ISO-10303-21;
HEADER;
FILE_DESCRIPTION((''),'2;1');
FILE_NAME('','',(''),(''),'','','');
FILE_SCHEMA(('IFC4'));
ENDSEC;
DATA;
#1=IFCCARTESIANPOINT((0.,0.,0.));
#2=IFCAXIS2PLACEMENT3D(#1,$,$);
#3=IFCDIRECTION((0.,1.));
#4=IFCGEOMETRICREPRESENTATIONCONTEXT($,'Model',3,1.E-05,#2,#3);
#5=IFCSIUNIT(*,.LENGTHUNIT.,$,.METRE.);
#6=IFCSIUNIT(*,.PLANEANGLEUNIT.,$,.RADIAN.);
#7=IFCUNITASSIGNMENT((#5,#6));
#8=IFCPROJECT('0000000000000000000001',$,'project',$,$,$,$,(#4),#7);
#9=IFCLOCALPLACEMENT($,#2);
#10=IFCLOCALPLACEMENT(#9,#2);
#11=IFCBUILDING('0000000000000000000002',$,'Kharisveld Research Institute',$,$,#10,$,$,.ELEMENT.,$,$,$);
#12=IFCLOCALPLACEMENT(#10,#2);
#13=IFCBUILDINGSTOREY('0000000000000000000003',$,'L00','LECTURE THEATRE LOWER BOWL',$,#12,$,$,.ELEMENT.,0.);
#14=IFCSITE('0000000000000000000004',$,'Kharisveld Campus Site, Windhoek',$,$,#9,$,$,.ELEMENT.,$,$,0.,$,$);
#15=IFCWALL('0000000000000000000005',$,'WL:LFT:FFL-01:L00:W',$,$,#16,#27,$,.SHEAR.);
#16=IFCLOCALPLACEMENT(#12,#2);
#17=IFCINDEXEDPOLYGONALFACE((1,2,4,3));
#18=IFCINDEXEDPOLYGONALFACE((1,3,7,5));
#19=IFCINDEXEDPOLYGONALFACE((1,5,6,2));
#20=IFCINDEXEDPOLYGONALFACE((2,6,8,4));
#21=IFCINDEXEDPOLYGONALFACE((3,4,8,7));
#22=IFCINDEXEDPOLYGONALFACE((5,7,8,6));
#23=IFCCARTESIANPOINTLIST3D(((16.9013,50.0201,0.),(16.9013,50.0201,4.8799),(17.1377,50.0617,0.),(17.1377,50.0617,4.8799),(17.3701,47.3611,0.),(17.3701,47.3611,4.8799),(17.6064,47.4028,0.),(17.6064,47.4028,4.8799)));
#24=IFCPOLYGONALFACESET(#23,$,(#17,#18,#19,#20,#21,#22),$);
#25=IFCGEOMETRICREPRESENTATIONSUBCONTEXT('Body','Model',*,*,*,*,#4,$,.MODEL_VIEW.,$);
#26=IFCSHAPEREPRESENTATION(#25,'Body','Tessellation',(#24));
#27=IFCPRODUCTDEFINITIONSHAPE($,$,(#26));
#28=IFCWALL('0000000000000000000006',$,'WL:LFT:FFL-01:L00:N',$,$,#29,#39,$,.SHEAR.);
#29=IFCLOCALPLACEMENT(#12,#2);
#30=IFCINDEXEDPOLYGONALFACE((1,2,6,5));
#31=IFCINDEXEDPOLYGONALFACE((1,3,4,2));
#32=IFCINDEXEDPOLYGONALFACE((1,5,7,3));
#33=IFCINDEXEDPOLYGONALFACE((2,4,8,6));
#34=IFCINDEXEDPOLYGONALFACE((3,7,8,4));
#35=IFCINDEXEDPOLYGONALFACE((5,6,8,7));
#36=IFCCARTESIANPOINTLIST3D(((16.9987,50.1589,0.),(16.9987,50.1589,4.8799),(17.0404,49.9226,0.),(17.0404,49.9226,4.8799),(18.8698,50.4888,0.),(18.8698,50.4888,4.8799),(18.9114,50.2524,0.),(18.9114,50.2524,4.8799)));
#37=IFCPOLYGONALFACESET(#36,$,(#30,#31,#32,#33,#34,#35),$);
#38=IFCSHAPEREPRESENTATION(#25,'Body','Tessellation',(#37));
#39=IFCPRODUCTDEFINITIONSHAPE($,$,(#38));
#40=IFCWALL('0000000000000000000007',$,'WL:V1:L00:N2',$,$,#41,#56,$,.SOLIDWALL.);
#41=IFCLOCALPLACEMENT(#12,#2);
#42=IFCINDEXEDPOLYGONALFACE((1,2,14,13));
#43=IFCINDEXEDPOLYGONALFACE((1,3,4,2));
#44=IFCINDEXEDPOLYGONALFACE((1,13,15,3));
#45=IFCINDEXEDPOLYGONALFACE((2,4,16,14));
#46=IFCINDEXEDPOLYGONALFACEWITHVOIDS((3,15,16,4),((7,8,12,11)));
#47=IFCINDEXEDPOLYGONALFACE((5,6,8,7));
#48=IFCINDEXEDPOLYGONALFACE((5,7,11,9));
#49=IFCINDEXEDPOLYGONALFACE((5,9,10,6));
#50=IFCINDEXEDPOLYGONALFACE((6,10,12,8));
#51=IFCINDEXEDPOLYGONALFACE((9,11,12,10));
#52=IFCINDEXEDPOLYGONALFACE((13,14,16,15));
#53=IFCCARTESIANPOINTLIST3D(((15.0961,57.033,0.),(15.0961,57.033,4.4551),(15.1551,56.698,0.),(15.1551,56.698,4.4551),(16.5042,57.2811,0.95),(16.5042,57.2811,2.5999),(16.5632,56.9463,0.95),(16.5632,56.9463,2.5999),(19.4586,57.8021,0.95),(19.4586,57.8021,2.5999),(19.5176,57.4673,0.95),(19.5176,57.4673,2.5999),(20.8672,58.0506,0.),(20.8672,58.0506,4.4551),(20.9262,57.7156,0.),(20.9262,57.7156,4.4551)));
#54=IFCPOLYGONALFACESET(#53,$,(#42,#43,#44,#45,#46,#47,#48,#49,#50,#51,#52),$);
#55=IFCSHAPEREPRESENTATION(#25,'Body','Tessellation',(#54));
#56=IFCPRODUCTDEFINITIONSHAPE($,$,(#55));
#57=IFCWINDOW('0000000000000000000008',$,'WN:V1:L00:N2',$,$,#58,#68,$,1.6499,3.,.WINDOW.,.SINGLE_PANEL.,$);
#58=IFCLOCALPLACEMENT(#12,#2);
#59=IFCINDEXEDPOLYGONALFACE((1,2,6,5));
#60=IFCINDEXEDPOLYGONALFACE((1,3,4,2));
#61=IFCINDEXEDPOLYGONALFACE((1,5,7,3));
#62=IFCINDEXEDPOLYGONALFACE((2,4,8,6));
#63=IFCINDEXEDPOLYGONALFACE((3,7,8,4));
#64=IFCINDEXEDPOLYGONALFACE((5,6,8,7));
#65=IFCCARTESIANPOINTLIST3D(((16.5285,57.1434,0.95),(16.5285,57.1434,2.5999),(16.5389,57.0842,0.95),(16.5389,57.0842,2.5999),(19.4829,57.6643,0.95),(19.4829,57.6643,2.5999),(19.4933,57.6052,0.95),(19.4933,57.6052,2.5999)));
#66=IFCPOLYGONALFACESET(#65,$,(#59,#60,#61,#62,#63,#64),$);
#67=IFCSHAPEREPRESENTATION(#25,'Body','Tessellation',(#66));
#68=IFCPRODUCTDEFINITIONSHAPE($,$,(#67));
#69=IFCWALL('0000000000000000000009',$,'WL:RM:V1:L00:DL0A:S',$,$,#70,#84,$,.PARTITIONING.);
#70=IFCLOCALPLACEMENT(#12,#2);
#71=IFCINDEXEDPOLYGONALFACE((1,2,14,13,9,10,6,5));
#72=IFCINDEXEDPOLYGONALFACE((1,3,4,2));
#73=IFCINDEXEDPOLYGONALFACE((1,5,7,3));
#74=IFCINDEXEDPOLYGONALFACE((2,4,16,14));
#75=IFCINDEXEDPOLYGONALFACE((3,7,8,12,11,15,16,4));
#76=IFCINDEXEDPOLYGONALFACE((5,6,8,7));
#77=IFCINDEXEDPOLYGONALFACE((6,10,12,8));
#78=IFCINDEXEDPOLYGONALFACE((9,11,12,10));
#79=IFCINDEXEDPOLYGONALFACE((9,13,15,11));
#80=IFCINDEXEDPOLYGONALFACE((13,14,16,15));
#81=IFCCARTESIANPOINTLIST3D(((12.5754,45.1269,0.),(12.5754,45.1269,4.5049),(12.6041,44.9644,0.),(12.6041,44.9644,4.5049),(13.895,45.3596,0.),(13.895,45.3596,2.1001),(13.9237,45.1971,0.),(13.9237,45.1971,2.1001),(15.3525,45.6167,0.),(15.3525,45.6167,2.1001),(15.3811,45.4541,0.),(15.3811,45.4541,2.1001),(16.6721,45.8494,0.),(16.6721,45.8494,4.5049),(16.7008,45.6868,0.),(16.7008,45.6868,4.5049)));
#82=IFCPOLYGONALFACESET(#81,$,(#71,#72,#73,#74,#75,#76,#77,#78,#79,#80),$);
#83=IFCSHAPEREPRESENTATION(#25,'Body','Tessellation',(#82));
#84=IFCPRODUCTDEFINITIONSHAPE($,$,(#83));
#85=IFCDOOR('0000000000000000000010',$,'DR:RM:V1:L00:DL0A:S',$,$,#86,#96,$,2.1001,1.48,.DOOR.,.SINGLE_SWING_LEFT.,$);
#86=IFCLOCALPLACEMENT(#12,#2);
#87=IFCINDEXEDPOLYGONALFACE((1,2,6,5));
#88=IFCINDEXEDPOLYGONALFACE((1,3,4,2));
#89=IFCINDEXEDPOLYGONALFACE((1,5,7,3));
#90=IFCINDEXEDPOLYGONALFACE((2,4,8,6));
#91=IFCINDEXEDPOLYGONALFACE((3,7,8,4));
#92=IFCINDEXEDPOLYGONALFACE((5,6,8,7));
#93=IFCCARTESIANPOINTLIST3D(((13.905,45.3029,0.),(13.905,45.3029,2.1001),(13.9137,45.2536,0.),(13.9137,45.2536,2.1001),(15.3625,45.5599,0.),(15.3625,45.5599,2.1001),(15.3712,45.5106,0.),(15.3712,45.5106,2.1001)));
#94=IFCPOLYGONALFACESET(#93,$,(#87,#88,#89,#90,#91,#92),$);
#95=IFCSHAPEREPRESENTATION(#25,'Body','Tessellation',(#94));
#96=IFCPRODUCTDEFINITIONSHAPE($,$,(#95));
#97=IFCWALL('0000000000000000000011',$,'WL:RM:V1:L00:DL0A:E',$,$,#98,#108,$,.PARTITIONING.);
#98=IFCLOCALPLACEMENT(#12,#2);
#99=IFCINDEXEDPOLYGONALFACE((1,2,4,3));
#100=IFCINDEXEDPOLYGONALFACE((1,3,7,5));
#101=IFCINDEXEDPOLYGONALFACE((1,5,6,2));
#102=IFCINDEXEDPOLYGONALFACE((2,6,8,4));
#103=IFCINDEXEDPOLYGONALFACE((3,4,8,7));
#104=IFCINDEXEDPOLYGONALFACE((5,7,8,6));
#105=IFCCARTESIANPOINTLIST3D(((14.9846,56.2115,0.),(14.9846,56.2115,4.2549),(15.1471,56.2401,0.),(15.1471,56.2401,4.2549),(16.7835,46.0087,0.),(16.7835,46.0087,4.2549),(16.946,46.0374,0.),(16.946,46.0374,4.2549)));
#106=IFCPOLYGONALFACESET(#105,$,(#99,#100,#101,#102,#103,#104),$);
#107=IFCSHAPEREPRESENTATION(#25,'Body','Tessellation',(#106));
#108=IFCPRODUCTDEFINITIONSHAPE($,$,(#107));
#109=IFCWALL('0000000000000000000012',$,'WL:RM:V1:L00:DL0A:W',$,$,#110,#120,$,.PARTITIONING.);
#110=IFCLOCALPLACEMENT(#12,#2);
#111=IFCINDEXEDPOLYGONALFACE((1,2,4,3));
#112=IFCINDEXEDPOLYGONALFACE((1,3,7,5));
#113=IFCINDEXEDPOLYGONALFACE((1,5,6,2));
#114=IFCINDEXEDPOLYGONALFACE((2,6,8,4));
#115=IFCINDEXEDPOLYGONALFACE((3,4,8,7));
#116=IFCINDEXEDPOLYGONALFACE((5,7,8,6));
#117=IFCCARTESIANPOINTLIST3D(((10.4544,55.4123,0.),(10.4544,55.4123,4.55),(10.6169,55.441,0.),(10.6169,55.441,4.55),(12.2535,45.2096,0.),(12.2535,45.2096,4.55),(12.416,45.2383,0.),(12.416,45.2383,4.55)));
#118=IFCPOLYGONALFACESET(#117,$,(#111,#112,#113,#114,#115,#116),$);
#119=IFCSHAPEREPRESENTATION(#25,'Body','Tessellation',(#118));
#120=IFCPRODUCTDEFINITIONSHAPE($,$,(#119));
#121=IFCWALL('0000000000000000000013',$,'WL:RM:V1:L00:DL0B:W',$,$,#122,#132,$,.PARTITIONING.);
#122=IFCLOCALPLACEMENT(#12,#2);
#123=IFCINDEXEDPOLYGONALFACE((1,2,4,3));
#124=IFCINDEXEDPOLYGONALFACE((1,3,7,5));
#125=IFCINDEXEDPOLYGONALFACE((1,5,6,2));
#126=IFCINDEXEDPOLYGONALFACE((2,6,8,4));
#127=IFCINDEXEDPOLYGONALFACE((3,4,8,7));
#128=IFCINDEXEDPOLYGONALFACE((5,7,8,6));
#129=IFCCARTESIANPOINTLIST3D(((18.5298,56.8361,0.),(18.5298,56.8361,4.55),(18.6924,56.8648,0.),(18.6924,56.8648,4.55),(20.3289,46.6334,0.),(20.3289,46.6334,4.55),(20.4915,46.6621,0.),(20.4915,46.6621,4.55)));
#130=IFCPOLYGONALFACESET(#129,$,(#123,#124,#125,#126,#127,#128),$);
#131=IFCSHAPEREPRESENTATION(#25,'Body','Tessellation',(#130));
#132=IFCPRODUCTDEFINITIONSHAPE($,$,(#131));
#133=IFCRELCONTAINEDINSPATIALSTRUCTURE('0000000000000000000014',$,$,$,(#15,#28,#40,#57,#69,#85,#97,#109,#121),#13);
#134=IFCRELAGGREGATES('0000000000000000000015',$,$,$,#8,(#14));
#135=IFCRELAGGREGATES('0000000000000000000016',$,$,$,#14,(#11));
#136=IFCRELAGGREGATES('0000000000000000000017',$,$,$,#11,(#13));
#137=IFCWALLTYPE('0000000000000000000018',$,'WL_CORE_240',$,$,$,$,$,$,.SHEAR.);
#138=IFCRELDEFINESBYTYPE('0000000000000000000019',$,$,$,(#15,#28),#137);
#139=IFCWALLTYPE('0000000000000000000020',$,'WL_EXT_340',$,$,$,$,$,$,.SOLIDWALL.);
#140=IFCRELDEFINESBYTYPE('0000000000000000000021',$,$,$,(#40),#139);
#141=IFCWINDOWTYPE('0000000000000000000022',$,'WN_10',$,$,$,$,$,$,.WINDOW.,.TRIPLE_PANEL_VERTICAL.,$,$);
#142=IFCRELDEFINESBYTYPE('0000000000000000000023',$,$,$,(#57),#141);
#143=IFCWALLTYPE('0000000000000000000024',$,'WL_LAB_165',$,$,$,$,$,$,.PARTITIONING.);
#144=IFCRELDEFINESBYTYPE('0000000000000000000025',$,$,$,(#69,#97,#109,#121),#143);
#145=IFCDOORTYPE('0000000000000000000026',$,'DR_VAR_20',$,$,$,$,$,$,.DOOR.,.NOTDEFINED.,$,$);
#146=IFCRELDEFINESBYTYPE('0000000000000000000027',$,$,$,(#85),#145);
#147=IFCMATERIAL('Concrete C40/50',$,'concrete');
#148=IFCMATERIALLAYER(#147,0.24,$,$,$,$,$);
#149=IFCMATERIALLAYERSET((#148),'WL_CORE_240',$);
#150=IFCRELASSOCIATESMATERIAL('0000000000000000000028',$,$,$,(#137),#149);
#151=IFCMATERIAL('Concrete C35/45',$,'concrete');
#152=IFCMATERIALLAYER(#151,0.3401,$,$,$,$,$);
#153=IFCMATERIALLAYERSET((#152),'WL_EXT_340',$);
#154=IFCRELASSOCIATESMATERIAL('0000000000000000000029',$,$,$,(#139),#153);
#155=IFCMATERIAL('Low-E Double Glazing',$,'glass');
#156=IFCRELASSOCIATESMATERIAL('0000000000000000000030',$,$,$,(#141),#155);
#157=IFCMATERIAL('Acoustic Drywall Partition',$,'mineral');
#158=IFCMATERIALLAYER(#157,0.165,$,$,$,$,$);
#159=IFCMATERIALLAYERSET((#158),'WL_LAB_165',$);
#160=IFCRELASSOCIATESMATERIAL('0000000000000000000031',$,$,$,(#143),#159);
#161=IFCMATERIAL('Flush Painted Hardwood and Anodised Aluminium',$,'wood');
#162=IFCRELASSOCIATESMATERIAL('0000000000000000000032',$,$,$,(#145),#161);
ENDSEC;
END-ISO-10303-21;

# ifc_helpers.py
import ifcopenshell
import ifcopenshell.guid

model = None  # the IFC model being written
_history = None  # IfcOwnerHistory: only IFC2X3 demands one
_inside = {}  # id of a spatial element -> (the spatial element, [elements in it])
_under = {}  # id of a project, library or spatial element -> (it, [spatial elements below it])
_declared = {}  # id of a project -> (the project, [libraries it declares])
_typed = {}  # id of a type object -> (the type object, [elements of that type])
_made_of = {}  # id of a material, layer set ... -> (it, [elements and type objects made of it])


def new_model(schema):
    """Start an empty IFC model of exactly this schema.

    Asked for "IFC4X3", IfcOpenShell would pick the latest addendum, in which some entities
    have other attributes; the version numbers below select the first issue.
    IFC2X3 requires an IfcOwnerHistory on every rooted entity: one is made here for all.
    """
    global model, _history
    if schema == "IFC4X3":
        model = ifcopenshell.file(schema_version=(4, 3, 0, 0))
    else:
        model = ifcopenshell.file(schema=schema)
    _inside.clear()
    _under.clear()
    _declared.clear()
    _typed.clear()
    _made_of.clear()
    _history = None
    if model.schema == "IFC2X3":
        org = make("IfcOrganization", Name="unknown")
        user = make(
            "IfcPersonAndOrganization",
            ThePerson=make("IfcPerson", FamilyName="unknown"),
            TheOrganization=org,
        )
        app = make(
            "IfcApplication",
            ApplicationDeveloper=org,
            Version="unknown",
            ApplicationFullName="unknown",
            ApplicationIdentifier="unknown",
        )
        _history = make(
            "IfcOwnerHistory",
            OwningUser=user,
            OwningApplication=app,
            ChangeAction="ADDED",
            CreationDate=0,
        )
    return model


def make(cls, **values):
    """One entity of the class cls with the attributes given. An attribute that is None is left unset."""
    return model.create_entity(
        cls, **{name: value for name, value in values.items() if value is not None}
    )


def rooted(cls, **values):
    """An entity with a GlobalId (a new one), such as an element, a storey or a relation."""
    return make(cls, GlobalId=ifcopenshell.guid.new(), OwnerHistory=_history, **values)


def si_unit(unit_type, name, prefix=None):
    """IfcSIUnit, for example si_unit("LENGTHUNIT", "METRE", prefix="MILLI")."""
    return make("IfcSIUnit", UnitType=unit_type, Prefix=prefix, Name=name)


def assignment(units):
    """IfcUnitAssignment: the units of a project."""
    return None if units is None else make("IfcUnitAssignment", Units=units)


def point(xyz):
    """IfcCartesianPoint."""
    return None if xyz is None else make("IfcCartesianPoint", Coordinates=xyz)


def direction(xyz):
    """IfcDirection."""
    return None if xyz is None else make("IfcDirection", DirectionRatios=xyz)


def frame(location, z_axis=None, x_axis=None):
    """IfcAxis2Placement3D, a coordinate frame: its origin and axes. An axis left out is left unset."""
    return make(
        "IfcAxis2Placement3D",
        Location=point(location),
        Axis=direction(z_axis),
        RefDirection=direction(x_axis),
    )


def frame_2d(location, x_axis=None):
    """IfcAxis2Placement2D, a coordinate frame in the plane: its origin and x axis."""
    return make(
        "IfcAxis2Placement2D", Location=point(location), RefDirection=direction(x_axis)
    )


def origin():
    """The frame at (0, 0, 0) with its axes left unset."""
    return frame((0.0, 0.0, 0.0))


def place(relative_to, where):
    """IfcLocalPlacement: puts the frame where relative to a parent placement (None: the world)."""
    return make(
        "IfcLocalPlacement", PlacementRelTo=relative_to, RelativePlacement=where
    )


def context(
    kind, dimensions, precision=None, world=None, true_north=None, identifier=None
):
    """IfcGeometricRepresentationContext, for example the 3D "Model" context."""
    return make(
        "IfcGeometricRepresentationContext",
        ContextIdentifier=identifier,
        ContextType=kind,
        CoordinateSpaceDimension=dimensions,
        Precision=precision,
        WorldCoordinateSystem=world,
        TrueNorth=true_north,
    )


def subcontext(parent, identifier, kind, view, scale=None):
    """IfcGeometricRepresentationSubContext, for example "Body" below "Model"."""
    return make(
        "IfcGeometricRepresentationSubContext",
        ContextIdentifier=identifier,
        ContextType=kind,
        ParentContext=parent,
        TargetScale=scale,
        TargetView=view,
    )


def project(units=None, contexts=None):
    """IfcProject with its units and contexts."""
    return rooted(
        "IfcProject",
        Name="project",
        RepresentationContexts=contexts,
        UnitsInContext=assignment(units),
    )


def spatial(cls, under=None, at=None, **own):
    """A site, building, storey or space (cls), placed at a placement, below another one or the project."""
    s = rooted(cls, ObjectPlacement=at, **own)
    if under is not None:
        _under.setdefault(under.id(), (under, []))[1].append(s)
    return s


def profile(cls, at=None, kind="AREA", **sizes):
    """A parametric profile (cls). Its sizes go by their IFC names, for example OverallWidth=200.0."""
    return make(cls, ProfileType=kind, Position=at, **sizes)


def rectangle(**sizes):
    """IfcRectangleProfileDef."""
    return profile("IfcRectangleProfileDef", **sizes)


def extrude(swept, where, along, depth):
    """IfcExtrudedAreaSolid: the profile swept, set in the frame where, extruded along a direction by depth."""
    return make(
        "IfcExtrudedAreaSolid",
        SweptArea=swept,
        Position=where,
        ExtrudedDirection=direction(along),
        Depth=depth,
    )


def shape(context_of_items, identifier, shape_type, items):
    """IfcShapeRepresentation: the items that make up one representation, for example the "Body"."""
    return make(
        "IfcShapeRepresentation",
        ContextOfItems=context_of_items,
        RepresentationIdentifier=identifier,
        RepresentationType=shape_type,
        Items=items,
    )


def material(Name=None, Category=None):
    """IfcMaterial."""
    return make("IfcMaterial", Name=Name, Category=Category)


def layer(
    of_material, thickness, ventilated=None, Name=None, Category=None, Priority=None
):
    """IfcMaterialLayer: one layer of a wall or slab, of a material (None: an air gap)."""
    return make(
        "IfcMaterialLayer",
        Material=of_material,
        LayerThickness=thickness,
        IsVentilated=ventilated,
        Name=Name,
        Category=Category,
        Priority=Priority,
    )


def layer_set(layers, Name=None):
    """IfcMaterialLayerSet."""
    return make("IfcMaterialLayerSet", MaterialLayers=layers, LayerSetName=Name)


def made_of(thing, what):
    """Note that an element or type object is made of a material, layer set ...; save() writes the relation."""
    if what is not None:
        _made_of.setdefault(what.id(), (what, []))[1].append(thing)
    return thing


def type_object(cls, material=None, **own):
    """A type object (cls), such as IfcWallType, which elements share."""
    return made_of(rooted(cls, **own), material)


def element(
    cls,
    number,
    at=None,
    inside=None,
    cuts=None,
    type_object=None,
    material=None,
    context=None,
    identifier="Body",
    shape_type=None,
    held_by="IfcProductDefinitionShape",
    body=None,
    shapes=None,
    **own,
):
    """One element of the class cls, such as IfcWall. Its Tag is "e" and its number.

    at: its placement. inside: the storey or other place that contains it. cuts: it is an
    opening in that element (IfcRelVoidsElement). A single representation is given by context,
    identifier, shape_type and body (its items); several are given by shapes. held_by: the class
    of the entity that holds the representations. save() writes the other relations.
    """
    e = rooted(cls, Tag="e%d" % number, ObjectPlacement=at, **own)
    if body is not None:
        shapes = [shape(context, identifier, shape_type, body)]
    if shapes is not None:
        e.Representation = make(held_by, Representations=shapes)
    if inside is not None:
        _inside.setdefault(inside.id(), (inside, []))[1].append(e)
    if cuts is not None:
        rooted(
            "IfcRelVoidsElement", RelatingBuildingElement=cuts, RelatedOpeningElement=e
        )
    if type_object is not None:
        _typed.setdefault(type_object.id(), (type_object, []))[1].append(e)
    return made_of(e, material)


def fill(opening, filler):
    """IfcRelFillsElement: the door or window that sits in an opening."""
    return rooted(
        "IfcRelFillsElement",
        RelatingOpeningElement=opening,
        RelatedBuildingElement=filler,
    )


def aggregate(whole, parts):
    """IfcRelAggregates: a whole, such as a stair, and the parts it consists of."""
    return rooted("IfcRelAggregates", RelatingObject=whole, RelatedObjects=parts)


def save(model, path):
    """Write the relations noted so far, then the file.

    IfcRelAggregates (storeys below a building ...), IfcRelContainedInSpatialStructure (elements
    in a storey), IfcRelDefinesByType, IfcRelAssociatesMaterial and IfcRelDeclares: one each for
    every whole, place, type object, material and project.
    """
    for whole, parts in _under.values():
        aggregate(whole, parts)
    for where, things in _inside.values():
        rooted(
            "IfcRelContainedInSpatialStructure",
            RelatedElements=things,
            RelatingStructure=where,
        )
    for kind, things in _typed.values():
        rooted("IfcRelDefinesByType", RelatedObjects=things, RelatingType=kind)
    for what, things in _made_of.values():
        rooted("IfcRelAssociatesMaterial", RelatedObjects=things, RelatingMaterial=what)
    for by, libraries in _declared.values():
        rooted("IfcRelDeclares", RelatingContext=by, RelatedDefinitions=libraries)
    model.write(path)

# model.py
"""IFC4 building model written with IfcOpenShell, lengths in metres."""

from ifc_helpers import new_model, si_unit, direction, frame, frame_2d, origin, place, context, subcontext, project, spatial, rectangle, extrude, material, layer, layer_set, type_object, element, fill, save


model = new_model("IFC4")

# Units and contexts
model_context = context("Model", 3, precision=1e-05, world=origin(), true_north=direction((0.0, 1.0)))
body_context = subcontext(model_context, "Body", "Model", "MODEL_VIEW")
ifc_project = project(units=[si_unit("LENGTHUNIT", "METRE"), si_unit("PLANEANGLEUNIT", "RADIAN")], contexts=[model_context])

# Site, building, storey
site_placement = place(None, origin())
site = spatial("IfcSite", under=ifc_project, at=site_placement, Name="Kharisveld Campus Site, Windhoek", CompositionType="ELEMENT", RefElevation=0.0)
building_placement = place(site_placement, origin())
building = spatial("IfcBuilding", under=site, at=building_placement, Name="Kharisveld Research Institute", CompositionType="ELEMENT")
storey_placement = place(building_placement, origin())
storey = spatial("IfcBuildingStorey", under=building, at=storey_placement, Name="L00", Description="LECTURE THEATRE LOWER BOWL", CompositionType="ELEMENT", Elevation=0.0)

# Walls
ifc_material_1 = material(Name="Concrete C40/50", Category="concrete")
ifc_layer_1 = layer(ifc_material_1, 0.24)
ifc_layer_set_1 = layer_set([ifc_layer_1], Name="WL_CORE_240")
wall_type_1 = type_object("IfcWallType", Name="WL_CORE_240", PredefinedType="SHEAR", material=ifc_layer_set_1)
wall_1_placement = place(storey_placement, frame((17.4883, 47.3818, 0.0), z_axis=(0.0, 0.0, 1.0), x_axis=(-0.173615, 0.984814, 0.0)))
element("IfcWall", 1, at=wall_1_placement, inside=storey, type_object=wall_type_1, Name="WL:LFT:FFL-01:L00:W", PredefinedType="SHEAR", context=body_context, shape_type="SweptSolid", body=[
    extrude(rectangle(XDim=2.7, YDim=0.24, at=frame_2d((1.3501, 0.0))), origin(), (0.0, 0.0, 1.0), 4.8799),
])
wall_2_placement = place(storey_placement, frame((17.0195, 50.0408, 0.0), z_axis=(0.0, 0.0, 1.0), x_axis=(0.984816, 0.173602, 0.0)))
element("IfcWall", 2, at=wall_2_placement, inside=storey, type_object=wall_type_1, Name="WL:LFT:FFL-01:L00:N", PredefinedType="SHEAR", context=body_context, shape_type="SweptSolid", body=[
    extrude(rectangle(XDim=1.8999, YDim=0.24, at=frame_2d((0.95, 0.0))), origin(), (0.0, 0.0, 1.0), 4.8799),
])

# Wall, opening, window
ifc_material_2 = material(Name="Concrete C35/45", Category="concrete")
ifc_layer_2 = layer(ifc_material_2, 0.3401)
ifc_layer_set_2 = layer_set([ifc_layer_2], Name="WL_EXT_340")
wall_type_2 = type_object("IfcWallType", Name="WL_EXT_340", PredefinedType="SOLIDWALL", material=ifc_layer_set_2)
wall_3_placement = place(storey_placement, frame((15.1255, 56.8655, 0.0), z_axis=(0.0, 0.0, 1.0), x_axis=(0.984808, 0.173647, 0.0)))
wall_3 = element("IfcWall", 3, at=wall_3_placement, inside=storey, type_object=wall_type_2, Name="WL:V1:L00:N2", PredefinedType="SOLIDWALL", context=body_context, shape_type="SweptSolid", body=[
    extrude(rectangle(XDim=5.8601, YDim=0.3401, at=frame_2d((2.9302, 0.0))), origin(), (0.0, 0.0, 1.0), 4.4551),
])
opening_1_placement = place(wall_3_placement, frame((1.4299, 0.0, 0.95)))
opening_1 = element("IfcOpeningElement", 4, at=opening_1_placement, cuts=wall_3, PredefinedType="OPENING", context=body_context, shape_type="SweptSolid", body=[
    extrude(rectangle(XDim=3.0, YDim=1.6499, at=frame_2d((1.5, 0.825))), frame((0.0, 0.1699, 0.0), z_axis=(0.0, -1.0, 0.0), x_axis=(1.0, 0.0, 0.0)), (0.0, 0.0, 1.0), 0.3401),
])
ifc_material_3 = material(Name="Low-E Double Glazing", Category="glass")
window_type = type_object("IfcWindowType", Name="WN_10", PartitioningType="TRIPLE_PANEL_VERTICAL", PredefinedType="WINDOW", material=ifc_material_3)
window_placement = place(opening_1_placement, origin())
window = element("IfcWindow", 5, at=window_placement, inside=storey, type_object=window_type, Name="WN:V1:L00:N2", OverallHeight=1.6499, OverallWidth=3.0, PartitioningType="SINGLE_PANEL", PredefinedType="WINDOW", context=body_context, shape_type="SweptSolid", body=[
    extrude(rectangle(XDim=3.0, YDim=1.6499, at=frame_2d((1.5, 0.825))), frame((0.0, 0.03, 0.0), z_axis=(0.0, -1.0, 0.0), x_axis=(1.0, 0.0, 0.0)), (0.0, 0.0, 1.0), 0.0601),
])
fill(opening_1, window)

# Wall, opening, door
ifc_material_4 = material(Name="Acoustic Drywall Partition", Category="mineral")
ifc_layer_3 = layer(ifc_material_4, 0.165)
ifc_layer_set_3 = layer_set([ifc_layer_3], Name="WL_LAB_165")
wall_type_3 = type_object("IfcWallType", Name="WL_LAB_165", PredefinedType="PARTITIONING", material=ifc_layer_set_3)
wall_4_placement = place(storey_placement, frame((12.5896, 45.0457, 0.0), z_axis=(0.0, 0.0, 1.0), x_axis=(0.984805, 0.173661, 0.0)))
wall_4 = element("IfcWall", 6, at=wall_4_placement, inside=storey, type_object=wall_type_3, Name="WL:RM:V1:L00:DL0A:S", PredefinedType="PARTITIONING", context=body_context, shape_type="SweptSolid", body=[
    extrude(rectangle(XDim=4.1599, YDim=0.165, at=frame_2d((2.0801, 0.0))), origin(), (0.0, 0.0, 1.0), 4.5049),
])
opening_2_placement = place(wall_4_placement, frame((1.3401, 0.0, 0.0)))
opening_2 = element("IfcOpeningElement", 7, at=opening_2_placement, cuts=wall_4, PredefinedType="OPENING", context=body_context, shape_type="SweptSolid", body=[
    extrude(rectangle(XDim=1.48, YDim=2.1001, at=frame_2d((0.74, 1.05))), frame((0.0, 0.0825, 0.0), z_axis=(0.0, -1.0, 0.0), x_axis=(1.0, 0.0, 0.0)), (0.0, 0.0, 1.0), 0.165),
])
ifc_material_5 = material(Name="Flush Painted Hardwood and Anodised Aluminium", Category="wood")
door_type_1 = type_object("IfcDoorType", Name="DR_VAR_20", OperationType="NOTDEFINED", PredefinedType="DOOR", material=ifc_material_5)
door_1_placement = place(opening_2_placement, origin())
door_1 = element("IfcDoor", 8, at=door_1_placement, inside=storey, type_object=door_type_1, Name="DR:RM:V1:L00:DL0A:S", OperationType="SINGLE_SWING_LEFT", OverallHeight=2.1001, OverallWidth=1.48, PredefinedType="DOOR", context=body_context, shape_type="SweptSolid", body=[
    extrude(rectangle(XDim=1.48, YDim=2.1001, at=frame_2d((0.74, 1.05))), frame((0.0, 0.0249, 0.0), z_axis=(0.0, -1.0, 0.0), x_axis=(1.0, 0.0, 0.0)), (0.0, 0.0, 1.0), 0.05),
])
fill(opening_2, door_1)

# Walls
wall_5_placement = place(storey_placement, frame((16.8647, 46.0229, 0.0), z_axis=(0.0, 0.0, 1.0), x_axis=(-0.173632, 0.984811, 0.0)))
element("IfcWall", 9, at=wall_5_placement, inside=storey, type_object=wall_type_3, Name="WL:RM:V1:L00:DL0A:E", PredefinedType="PARTITIONING", context=body_context, shape_type="SweptSolid", body=[
    extrude(rectangle(XDim=10.3601, YDim=0.165, at=frame_2d((5.1802, 0.0))), origin(), (0.0, 0.0, 1.0), 4.2549),
])
for number, where, z_axis, x_axis, name in (
    (10, (10.5356, 55.4268, 0.0), (0.0, 0.0, 1.0), (0.173655, -0.984807, 0.0), "WL:RM:V1:L00:DL0A:W"),
    (11, (18.6111, 56.8506, 0.0), (0.0, 0.0, 1.0), (0.173655, -0.984807, 0.0), "WL:RM:V1:L00:DL0B:W"),
):
    element("IfcWall", number, at=place(storey_placement, frame(where, z_axis=z_axis, x_axis=x_axis)), inside=storey, type_object=wall_type_3, Name=name, PredefinedType="PARTITIONING", context=body_context, shape_type="SweptSolid", body=[
        extrude(rectangle(XDim=10.3601, YDim=0.165, at=frame_2d((5.1802, 0.0))), origin(), (0.0, 0.0, 1.0), 4.55),
    ])

save(model, "model.ifc")
